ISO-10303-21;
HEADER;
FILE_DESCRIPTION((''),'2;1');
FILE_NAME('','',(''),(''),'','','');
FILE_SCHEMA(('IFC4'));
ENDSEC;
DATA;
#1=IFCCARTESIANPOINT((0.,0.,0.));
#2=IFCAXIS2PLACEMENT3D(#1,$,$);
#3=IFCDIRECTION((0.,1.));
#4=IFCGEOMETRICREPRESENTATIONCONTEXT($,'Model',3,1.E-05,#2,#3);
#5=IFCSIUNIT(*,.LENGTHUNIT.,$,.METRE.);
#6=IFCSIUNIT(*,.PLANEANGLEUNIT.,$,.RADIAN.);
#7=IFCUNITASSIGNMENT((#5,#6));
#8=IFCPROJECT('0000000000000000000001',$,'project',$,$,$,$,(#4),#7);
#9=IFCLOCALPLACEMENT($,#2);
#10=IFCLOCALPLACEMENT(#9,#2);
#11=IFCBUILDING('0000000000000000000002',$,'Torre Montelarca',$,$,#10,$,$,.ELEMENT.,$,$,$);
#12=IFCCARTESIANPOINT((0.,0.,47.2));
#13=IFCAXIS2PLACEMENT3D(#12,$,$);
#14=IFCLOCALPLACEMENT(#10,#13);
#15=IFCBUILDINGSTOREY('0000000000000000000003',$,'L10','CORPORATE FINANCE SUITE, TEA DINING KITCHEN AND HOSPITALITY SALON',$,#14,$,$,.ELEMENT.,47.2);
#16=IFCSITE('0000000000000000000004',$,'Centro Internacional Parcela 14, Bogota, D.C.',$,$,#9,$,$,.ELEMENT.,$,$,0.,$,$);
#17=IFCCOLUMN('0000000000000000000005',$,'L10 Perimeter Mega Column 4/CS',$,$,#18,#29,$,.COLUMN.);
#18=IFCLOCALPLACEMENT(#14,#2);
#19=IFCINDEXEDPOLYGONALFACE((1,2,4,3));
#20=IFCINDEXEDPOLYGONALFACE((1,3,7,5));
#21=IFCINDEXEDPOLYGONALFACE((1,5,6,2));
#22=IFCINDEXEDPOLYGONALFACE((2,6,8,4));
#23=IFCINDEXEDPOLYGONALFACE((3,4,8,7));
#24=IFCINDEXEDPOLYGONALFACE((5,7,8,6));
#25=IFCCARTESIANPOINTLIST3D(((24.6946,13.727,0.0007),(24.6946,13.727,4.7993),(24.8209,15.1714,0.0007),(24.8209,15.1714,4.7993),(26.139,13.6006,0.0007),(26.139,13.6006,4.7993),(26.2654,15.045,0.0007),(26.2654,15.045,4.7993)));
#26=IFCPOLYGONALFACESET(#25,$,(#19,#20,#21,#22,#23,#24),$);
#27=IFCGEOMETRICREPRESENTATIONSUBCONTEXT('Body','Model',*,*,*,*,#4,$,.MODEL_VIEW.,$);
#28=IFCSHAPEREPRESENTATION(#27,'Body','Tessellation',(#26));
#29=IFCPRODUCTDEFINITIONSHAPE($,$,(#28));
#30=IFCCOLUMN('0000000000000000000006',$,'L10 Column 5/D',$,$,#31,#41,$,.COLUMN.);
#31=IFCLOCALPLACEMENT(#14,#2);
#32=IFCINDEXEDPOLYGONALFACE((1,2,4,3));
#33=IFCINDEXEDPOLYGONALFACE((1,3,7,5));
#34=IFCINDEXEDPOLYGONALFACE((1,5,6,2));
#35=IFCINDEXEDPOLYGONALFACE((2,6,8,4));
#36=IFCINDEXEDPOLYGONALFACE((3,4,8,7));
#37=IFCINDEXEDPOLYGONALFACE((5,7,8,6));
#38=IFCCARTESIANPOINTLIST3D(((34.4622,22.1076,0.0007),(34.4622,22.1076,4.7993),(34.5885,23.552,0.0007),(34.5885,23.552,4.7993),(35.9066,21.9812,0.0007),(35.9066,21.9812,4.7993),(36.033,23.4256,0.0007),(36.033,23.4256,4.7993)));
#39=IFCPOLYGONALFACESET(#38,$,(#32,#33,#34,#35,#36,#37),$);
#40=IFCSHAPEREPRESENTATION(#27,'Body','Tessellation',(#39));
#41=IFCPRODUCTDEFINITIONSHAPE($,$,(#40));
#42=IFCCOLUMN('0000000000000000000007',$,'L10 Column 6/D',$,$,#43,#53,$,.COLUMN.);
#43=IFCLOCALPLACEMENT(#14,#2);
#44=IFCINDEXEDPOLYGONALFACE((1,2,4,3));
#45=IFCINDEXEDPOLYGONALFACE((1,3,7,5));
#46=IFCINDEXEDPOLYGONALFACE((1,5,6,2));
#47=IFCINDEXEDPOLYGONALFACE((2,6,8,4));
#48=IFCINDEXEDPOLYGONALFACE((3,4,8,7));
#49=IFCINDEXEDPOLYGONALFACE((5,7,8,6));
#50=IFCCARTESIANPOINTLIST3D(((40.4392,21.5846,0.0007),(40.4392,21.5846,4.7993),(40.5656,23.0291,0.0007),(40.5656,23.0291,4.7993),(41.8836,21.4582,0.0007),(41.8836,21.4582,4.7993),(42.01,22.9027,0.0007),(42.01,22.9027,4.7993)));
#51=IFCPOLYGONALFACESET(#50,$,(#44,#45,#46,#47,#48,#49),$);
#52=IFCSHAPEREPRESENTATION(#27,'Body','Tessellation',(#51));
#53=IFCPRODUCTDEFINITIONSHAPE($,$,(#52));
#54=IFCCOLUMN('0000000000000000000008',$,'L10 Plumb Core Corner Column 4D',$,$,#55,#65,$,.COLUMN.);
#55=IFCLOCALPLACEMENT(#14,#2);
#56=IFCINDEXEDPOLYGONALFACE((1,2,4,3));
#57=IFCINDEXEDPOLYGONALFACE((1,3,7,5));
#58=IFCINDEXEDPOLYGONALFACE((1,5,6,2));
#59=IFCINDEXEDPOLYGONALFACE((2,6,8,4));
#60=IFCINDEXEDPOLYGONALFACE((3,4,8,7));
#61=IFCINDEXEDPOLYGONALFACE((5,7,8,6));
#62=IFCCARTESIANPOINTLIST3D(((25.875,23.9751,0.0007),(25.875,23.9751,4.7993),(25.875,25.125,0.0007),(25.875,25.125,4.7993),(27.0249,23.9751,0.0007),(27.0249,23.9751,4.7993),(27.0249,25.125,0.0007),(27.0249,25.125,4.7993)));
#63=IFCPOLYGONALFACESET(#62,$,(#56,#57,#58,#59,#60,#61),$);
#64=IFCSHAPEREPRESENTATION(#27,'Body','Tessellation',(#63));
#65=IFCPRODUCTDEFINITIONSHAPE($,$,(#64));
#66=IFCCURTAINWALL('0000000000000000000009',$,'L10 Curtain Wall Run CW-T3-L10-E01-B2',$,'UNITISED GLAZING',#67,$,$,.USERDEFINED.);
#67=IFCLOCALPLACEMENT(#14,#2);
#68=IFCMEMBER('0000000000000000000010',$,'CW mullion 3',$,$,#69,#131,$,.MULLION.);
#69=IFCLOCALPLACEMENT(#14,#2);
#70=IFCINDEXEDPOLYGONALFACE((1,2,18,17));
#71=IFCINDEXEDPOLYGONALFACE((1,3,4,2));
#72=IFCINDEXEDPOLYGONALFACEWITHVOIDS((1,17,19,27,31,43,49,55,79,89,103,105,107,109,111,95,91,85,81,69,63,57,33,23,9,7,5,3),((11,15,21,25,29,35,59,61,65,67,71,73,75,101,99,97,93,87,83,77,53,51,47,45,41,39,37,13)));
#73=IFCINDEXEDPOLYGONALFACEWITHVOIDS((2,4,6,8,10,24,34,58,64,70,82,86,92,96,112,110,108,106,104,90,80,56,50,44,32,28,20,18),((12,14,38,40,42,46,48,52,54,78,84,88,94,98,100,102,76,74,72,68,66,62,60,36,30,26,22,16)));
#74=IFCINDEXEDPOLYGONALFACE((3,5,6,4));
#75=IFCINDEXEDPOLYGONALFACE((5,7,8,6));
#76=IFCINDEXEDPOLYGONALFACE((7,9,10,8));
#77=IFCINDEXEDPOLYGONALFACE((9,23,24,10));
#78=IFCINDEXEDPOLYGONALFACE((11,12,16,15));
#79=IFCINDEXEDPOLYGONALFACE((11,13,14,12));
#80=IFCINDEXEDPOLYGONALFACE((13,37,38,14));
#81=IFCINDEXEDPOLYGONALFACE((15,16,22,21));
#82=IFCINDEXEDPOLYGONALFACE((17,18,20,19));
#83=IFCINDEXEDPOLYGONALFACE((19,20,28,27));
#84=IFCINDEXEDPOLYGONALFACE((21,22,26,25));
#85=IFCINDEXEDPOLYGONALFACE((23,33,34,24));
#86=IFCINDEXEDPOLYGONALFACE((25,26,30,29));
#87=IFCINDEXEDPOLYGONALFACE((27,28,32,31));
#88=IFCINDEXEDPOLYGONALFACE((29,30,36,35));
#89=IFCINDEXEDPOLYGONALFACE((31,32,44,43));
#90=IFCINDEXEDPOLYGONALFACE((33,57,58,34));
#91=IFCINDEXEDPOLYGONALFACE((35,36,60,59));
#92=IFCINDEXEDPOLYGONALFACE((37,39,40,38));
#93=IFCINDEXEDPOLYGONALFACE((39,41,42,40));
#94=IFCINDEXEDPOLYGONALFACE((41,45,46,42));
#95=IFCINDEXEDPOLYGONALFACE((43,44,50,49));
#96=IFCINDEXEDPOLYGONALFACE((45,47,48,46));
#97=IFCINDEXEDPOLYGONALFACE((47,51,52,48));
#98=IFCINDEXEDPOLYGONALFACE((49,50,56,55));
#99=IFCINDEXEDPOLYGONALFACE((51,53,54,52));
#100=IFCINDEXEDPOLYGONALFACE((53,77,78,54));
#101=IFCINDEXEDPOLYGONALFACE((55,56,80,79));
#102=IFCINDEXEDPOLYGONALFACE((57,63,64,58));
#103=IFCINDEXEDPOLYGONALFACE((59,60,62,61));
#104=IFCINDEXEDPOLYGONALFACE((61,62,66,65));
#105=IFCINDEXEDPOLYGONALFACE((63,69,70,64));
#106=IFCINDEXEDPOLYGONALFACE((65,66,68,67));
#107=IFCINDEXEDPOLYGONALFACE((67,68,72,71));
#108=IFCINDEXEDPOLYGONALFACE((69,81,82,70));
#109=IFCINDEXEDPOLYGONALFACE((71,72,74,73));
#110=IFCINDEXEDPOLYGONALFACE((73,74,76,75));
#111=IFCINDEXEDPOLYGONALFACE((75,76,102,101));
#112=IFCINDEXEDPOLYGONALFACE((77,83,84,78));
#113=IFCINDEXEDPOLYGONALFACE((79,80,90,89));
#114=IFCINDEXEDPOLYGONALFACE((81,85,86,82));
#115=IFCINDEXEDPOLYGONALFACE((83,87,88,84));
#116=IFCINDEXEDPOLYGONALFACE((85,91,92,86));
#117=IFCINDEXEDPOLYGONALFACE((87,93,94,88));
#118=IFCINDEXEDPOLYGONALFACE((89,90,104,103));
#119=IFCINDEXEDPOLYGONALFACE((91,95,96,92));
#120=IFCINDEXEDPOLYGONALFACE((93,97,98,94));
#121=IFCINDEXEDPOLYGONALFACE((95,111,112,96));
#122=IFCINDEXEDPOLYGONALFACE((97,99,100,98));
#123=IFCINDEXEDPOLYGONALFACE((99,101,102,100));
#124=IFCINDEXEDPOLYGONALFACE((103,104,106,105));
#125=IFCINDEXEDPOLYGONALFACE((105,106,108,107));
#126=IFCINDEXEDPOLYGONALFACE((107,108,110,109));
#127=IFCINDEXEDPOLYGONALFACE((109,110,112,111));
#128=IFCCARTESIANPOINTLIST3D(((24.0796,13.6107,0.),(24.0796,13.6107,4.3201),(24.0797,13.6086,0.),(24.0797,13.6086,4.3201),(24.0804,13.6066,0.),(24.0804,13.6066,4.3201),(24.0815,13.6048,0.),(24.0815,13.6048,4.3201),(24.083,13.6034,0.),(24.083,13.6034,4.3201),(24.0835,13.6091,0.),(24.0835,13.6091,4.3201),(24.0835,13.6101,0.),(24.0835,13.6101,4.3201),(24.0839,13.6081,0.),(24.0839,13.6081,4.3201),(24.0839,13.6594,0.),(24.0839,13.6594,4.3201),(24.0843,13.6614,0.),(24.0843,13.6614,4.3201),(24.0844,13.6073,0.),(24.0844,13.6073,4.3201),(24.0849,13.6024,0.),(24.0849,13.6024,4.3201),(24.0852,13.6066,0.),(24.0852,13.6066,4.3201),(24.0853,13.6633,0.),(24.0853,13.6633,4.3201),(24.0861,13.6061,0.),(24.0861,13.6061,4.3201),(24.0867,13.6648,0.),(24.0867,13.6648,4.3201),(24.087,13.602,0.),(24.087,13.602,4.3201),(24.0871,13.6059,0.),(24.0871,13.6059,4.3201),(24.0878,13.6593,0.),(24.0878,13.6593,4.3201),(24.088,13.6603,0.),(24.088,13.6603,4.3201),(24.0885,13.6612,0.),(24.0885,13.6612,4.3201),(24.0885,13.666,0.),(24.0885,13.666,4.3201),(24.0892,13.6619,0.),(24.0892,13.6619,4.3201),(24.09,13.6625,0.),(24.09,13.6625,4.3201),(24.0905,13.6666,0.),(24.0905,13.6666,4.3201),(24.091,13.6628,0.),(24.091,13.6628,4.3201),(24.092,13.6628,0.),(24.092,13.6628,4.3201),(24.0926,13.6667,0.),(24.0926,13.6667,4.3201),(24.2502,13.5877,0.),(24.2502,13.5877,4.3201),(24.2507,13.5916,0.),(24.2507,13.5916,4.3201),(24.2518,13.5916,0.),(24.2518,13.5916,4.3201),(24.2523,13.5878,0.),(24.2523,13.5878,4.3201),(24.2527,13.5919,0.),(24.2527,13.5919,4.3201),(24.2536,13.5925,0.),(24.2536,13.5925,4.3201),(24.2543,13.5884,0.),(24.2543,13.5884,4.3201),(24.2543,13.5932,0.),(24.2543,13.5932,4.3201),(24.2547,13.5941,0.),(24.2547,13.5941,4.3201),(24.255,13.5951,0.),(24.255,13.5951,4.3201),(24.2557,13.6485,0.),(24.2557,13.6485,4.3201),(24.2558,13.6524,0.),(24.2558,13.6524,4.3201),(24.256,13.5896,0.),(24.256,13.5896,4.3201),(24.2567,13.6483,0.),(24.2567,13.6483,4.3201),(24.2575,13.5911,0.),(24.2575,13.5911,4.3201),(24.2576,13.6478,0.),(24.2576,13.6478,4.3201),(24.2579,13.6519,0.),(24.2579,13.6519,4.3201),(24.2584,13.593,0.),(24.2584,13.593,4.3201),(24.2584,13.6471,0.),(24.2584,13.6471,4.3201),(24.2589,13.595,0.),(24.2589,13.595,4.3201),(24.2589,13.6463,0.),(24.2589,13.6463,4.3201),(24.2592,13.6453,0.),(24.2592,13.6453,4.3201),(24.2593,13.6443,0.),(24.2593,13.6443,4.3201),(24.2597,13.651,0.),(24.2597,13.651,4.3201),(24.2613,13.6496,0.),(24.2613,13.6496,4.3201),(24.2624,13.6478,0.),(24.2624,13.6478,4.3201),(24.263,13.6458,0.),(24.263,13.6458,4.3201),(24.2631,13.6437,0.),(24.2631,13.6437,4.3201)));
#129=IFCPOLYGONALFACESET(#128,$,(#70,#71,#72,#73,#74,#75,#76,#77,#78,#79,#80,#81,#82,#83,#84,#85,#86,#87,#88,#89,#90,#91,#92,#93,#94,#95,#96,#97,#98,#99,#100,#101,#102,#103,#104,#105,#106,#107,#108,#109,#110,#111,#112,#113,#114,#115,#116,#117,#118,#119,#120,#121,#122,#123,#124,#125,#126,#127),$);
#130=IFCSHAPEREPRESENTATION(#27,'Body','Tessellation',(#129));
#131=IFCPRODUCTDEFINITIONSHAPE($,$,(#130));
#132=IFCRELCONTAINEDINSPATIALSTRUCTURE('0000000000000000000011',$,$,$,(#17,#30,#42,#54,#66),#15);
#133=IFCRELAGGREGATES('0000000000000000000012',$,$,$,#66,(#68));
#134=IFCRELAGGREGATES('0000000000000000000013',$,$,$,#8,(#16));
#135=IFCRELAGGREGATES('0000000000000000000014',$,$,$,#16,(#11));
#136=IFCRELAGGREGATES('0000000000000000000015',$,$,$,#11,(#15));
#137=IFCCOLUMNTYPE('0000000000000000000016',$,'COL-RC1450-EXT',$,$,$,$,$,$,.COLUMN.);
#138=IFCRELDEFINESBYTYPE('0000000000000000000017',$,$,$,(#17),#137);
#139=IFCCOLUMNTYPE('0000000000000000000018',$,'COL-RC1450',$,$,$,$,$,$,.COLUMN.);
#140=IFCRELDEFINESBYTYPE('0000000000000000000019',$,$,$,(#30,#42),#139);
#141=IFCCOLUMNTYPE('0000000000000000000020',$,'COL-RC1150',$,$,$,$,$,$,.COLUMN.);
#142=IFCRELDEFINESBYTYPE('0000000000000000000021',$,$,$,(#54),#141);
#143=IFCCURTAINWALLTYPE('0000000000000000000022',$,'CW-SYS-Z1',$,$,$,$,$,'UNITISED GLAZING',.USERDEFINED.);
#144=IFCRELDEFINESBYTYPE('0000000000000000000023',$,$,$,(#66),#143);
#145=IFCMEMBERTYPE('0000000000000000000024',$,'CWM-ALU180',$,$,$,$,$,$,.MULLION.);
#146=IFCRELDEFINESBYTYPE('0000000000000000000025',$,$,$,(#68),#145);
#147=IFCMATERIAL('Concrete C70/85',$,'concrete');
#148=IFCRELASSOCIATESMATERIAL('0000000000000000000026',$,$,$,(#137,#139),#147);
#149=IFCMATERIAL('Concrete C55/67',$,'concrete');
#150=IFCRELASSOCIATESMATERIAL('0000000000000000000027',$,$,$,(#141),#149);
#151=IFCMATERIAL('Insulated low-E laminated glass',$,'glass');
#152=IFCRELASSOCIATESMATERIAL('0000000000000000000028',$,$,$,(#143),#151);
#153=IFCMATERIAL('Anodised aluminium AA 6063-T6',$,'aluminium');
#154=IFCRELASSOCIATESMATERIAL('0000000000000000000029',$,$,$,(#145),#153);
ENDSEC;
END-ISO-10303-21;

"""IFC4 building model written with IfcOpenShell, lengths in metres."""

from ifc_helpers import new_model, si_unit, direction, frame, origin, origin_2d, place, context, subcontext, project, spatial, rectangle, hollow_rectangle, extrude, source, transform, mapped, material, material_profile, profile_set, type_object, element, aggregate, save


model = new_model("IFC4")

# Units and contexts
model_context = context("Model", 3, precision=1e-05, world=origin(), true_north=direction((0.0, 1.0)))
body_context = subcontext(model_context, "Body", "Model", "MODEL_VIEW")
ifc_project = project(units=[si_unit("LENGTHUNIT", "METRE"), si_unit("PLANEANGLEUNIT", "RADIAN")], contexts=[model_context])

# Site, building, storey
site_placement = place(None, origin())
site = spatial("IfcSite", under=ifc_project, at=site_placement, Name="Centro Internacional Parcela 14, Bogota, D.C.", CompositionType="ELEMENT", RefElevation=0.0)
building_placement = place(site_placement, origin())
building = spatial("IfcBuilding", under=site, at=building_placement, Name="Torre Montelarca", CompositionType="ELEMENT")
storey_placement = place(building_placement, frame((0.0, 0.0, 47.2)))
storey = spatial("IfcBuildingStorey", under=building, at=storey_placement, Name="L10", Description="CORPORATE FINANCE SUITE, TEA DINING KITCHEN AND HOSPITALITY SALON", CompositionType="ELEMENT", Elevation=47.2)

# Columns
ifc_material_1 = material(Name="Concrete C70/85", Category="concrete")
ifc_material_profile_1 = material_profile(ifc_material_1, rectangle(XDim=1.45, YDim=1.45, at=origin_2d()), Name="RC1450X1450", Category="concrete")
ifc_profile_set_1 = profile_set([ifc_material_profile_1], Name="Concrete C70/85")
column_type_1 = type_object("IfcColumnType", Name="COL-RC1450-EXT", PredefinedType="COLUMN", material=ifc_profile_set_1)
shared_shape_1 = source(origin(), body_context, "Body", "SweptSolid", [
    extrude(rectangle(XDim=1.45, YDim=1.45, at=origin_2d()), origin(), (0.0, 0.0, 1.0), 4.7986),
])
column_1_placement = place(storey_placement, frame((25.48, 14.386, 0.0007), z_axis=(0.0, 0.0, 1.0), x_axis=(-0.996195, 0.087156, 0.0)))
element("IfcColumn", 1, at=column_1_placement, inside=storey, type_object=column_type_1, Name="L10 Perimeter Mega Column 4/CS", PredefinedType="COLUMN", context=body_context, shape_type="MappedRepresentation", body=[
    mapped(shared_shape_1, transform((0.0, 0.0, 0.0), scale=1.0)),
])
ifc_material_profile_2 = material_profile(ifc_material_1, rectangle(XDim=1.45, YDim=1.45, at=origin_2d()), Name="RC1450X1450", Category="concrete")
ifc_profile_set_2 = profile_set([ifc_material_profile_2], Name="Concrete C70/85")
column_type_2 = type_object("IfcColumnType", Name="COL-RC1450", PredefinedType="COLUMN", material=ifc_profile_set_2)
shared_shape_2 = source(origin(), body_context, "Body", "SweptSolid", [
    extrude(rectangle(XDim=1.45, YDim=1.45, at=origin_2d()), origin(), (0.0, 0.0, 1.0), 4.7986),
])
for number, where, z_axis, x_axis, name in (
    (2, (35.2476, 22.7666, 0.0007), (0.0, 0.0, 1.0), (-0.996195, 0.087156, 0.0), "L10 Column 5/D"),
    (3, (41.2246, 22.2437, 0.0007), (0.0, 0.0, 1.0), (-0.996195, 0.087156, 0.0), "L10 Column 6/D"),
):
    element("IfcColumn", number, at=place(storey_placement, frame(where, z_axis=z_axis, x_axis=x_axis)), inside=storey, type_object=column_type_2, Name=name, PredefinedType="COLUMN", context=body_context, shape_type="MappedRepresentation", body=[
        mapped(shared_shape_2, transform((0.0, 0.0, 0.0), scale=1.0)),
    ])
ifc_material_2 = material(Name="Concrete C55/67", Category="concrete")
ifc_material_profile_3 = material_profile(ifc_material_2, rectangle(XDim=1.1499, YDim=1.1499, at=origin_2d()), Name="RC1150X1150", Category="concrete")
ifc_profile_set_3 = profile_set([ifc_material_profile_3], Name="Concrete C55/67")
column_type_3 = type_object("IfcColumnType", Name="COL-RC1150", PredefinedType="COLUMN", material=ifc_profile_set_3)
shared_shape_3 = source(origin(), body_context, "Body", "SweptSolid", [
    extrude(rectangle(XDim=1.1499, YDim=1.1499, at=origin_2d()), origin(), (0.0, 0.0, 1.0), 4.7986),
])
column_2_placement = place(storey_placement, frame((26.45, 24.55, 0.0007), z_axis=(0.0, 0.0, 1.0), x_axis=(1.0, 0.0, 0.0)))
element("IfcColumn", 4, at=column_2_placement, inside=storey, type_object=column_type_3, Name="L10 Plumb Core Corner Column 4D", PredefinedType="COLUMN", context=body_context, shape_type="MappedRepresentation", body=[
    mapped(shared_shape_3, transform((0.0, 0.0, 0.0), scale=1.0)),
])

# Curtain wall, member
ifc_material_3 = material(Name="Insulated low-E laminated glass", Category="glass")
curtain_wall_type = type_object("IfcCurtainWallType", Name="CW-SYS-Z1", ElementType="UNITISED GLAZING", PredefinedType="USERDEFINED", material=ifc_material_3)
curtain_wall_1_placement = place(storey_placement, origin())
curtain_wall_1 = element("IfcCurtainWall", 5, at=curtain_wall_1_placement, inside=storey, type_object=curtain_wall_type, Name="L10 Curtain Wall Run CW-T3-L10-E01-B2", ObjectType="UNITISED GLAZING", PredefinedType="USERDEFINED")
ifc_material_4 = material(Name="Anodised aluminium AA 6063-T6", Category="aluminium")
ifc_material_profile_4 = material_profile(ifc_material_4, hollow_rectangle(XDim=0.0649, YDim=0.1799, WallThickness=0.0039, InnerFilletRadius=0.0039, OuterFilletRadius=0.0081, at=origin_2d()), Name="ALU65X180X4", Category="aluminium")
ifc_profile_set_4 = profile_set([ifc_material_profile_4], Name="Anodised aluminium AA 6063-T6")
member_type_1 = type_object("IfcMemberType", Name="CWM-ALU180", PredefinedType="MULLION", material=ifc_profile_set_4)
shared_shape_4 = source(origin(), body_context, "Body", "SweptSolid", [
    extrude(hollow_rectangle(XDim=0.0649, YDim=0.1799, WallThickness=0.0039, InnerFilletRadius=0.0039, OuterFilletRadius=0.0081, at=origin_2d()), origin(), (0.0, 0.0, 1.0), 4.3201),
])
member_1_placement = place(storey_placement, frame((24.1714, 13.6272, 0.0), z_axis=(0.0, 0.0, 1.0), x_axis=(0.087171, 0.996193, 0.0)))
member_1 = element("IfcMember", 6, at=member_1_placement, type_object=member_type_1, Name="CW mullion 3", PredefinedType="MULLION", context=body_context, shape_type="MappedRepresentation", body=[
    mapped(shared_shape_4, transform((0.0, 0.0, 0.0), scale=1.0)),
])

aggregate(curtain_wall_1, [member_1])

save(model, "model.ifc")
